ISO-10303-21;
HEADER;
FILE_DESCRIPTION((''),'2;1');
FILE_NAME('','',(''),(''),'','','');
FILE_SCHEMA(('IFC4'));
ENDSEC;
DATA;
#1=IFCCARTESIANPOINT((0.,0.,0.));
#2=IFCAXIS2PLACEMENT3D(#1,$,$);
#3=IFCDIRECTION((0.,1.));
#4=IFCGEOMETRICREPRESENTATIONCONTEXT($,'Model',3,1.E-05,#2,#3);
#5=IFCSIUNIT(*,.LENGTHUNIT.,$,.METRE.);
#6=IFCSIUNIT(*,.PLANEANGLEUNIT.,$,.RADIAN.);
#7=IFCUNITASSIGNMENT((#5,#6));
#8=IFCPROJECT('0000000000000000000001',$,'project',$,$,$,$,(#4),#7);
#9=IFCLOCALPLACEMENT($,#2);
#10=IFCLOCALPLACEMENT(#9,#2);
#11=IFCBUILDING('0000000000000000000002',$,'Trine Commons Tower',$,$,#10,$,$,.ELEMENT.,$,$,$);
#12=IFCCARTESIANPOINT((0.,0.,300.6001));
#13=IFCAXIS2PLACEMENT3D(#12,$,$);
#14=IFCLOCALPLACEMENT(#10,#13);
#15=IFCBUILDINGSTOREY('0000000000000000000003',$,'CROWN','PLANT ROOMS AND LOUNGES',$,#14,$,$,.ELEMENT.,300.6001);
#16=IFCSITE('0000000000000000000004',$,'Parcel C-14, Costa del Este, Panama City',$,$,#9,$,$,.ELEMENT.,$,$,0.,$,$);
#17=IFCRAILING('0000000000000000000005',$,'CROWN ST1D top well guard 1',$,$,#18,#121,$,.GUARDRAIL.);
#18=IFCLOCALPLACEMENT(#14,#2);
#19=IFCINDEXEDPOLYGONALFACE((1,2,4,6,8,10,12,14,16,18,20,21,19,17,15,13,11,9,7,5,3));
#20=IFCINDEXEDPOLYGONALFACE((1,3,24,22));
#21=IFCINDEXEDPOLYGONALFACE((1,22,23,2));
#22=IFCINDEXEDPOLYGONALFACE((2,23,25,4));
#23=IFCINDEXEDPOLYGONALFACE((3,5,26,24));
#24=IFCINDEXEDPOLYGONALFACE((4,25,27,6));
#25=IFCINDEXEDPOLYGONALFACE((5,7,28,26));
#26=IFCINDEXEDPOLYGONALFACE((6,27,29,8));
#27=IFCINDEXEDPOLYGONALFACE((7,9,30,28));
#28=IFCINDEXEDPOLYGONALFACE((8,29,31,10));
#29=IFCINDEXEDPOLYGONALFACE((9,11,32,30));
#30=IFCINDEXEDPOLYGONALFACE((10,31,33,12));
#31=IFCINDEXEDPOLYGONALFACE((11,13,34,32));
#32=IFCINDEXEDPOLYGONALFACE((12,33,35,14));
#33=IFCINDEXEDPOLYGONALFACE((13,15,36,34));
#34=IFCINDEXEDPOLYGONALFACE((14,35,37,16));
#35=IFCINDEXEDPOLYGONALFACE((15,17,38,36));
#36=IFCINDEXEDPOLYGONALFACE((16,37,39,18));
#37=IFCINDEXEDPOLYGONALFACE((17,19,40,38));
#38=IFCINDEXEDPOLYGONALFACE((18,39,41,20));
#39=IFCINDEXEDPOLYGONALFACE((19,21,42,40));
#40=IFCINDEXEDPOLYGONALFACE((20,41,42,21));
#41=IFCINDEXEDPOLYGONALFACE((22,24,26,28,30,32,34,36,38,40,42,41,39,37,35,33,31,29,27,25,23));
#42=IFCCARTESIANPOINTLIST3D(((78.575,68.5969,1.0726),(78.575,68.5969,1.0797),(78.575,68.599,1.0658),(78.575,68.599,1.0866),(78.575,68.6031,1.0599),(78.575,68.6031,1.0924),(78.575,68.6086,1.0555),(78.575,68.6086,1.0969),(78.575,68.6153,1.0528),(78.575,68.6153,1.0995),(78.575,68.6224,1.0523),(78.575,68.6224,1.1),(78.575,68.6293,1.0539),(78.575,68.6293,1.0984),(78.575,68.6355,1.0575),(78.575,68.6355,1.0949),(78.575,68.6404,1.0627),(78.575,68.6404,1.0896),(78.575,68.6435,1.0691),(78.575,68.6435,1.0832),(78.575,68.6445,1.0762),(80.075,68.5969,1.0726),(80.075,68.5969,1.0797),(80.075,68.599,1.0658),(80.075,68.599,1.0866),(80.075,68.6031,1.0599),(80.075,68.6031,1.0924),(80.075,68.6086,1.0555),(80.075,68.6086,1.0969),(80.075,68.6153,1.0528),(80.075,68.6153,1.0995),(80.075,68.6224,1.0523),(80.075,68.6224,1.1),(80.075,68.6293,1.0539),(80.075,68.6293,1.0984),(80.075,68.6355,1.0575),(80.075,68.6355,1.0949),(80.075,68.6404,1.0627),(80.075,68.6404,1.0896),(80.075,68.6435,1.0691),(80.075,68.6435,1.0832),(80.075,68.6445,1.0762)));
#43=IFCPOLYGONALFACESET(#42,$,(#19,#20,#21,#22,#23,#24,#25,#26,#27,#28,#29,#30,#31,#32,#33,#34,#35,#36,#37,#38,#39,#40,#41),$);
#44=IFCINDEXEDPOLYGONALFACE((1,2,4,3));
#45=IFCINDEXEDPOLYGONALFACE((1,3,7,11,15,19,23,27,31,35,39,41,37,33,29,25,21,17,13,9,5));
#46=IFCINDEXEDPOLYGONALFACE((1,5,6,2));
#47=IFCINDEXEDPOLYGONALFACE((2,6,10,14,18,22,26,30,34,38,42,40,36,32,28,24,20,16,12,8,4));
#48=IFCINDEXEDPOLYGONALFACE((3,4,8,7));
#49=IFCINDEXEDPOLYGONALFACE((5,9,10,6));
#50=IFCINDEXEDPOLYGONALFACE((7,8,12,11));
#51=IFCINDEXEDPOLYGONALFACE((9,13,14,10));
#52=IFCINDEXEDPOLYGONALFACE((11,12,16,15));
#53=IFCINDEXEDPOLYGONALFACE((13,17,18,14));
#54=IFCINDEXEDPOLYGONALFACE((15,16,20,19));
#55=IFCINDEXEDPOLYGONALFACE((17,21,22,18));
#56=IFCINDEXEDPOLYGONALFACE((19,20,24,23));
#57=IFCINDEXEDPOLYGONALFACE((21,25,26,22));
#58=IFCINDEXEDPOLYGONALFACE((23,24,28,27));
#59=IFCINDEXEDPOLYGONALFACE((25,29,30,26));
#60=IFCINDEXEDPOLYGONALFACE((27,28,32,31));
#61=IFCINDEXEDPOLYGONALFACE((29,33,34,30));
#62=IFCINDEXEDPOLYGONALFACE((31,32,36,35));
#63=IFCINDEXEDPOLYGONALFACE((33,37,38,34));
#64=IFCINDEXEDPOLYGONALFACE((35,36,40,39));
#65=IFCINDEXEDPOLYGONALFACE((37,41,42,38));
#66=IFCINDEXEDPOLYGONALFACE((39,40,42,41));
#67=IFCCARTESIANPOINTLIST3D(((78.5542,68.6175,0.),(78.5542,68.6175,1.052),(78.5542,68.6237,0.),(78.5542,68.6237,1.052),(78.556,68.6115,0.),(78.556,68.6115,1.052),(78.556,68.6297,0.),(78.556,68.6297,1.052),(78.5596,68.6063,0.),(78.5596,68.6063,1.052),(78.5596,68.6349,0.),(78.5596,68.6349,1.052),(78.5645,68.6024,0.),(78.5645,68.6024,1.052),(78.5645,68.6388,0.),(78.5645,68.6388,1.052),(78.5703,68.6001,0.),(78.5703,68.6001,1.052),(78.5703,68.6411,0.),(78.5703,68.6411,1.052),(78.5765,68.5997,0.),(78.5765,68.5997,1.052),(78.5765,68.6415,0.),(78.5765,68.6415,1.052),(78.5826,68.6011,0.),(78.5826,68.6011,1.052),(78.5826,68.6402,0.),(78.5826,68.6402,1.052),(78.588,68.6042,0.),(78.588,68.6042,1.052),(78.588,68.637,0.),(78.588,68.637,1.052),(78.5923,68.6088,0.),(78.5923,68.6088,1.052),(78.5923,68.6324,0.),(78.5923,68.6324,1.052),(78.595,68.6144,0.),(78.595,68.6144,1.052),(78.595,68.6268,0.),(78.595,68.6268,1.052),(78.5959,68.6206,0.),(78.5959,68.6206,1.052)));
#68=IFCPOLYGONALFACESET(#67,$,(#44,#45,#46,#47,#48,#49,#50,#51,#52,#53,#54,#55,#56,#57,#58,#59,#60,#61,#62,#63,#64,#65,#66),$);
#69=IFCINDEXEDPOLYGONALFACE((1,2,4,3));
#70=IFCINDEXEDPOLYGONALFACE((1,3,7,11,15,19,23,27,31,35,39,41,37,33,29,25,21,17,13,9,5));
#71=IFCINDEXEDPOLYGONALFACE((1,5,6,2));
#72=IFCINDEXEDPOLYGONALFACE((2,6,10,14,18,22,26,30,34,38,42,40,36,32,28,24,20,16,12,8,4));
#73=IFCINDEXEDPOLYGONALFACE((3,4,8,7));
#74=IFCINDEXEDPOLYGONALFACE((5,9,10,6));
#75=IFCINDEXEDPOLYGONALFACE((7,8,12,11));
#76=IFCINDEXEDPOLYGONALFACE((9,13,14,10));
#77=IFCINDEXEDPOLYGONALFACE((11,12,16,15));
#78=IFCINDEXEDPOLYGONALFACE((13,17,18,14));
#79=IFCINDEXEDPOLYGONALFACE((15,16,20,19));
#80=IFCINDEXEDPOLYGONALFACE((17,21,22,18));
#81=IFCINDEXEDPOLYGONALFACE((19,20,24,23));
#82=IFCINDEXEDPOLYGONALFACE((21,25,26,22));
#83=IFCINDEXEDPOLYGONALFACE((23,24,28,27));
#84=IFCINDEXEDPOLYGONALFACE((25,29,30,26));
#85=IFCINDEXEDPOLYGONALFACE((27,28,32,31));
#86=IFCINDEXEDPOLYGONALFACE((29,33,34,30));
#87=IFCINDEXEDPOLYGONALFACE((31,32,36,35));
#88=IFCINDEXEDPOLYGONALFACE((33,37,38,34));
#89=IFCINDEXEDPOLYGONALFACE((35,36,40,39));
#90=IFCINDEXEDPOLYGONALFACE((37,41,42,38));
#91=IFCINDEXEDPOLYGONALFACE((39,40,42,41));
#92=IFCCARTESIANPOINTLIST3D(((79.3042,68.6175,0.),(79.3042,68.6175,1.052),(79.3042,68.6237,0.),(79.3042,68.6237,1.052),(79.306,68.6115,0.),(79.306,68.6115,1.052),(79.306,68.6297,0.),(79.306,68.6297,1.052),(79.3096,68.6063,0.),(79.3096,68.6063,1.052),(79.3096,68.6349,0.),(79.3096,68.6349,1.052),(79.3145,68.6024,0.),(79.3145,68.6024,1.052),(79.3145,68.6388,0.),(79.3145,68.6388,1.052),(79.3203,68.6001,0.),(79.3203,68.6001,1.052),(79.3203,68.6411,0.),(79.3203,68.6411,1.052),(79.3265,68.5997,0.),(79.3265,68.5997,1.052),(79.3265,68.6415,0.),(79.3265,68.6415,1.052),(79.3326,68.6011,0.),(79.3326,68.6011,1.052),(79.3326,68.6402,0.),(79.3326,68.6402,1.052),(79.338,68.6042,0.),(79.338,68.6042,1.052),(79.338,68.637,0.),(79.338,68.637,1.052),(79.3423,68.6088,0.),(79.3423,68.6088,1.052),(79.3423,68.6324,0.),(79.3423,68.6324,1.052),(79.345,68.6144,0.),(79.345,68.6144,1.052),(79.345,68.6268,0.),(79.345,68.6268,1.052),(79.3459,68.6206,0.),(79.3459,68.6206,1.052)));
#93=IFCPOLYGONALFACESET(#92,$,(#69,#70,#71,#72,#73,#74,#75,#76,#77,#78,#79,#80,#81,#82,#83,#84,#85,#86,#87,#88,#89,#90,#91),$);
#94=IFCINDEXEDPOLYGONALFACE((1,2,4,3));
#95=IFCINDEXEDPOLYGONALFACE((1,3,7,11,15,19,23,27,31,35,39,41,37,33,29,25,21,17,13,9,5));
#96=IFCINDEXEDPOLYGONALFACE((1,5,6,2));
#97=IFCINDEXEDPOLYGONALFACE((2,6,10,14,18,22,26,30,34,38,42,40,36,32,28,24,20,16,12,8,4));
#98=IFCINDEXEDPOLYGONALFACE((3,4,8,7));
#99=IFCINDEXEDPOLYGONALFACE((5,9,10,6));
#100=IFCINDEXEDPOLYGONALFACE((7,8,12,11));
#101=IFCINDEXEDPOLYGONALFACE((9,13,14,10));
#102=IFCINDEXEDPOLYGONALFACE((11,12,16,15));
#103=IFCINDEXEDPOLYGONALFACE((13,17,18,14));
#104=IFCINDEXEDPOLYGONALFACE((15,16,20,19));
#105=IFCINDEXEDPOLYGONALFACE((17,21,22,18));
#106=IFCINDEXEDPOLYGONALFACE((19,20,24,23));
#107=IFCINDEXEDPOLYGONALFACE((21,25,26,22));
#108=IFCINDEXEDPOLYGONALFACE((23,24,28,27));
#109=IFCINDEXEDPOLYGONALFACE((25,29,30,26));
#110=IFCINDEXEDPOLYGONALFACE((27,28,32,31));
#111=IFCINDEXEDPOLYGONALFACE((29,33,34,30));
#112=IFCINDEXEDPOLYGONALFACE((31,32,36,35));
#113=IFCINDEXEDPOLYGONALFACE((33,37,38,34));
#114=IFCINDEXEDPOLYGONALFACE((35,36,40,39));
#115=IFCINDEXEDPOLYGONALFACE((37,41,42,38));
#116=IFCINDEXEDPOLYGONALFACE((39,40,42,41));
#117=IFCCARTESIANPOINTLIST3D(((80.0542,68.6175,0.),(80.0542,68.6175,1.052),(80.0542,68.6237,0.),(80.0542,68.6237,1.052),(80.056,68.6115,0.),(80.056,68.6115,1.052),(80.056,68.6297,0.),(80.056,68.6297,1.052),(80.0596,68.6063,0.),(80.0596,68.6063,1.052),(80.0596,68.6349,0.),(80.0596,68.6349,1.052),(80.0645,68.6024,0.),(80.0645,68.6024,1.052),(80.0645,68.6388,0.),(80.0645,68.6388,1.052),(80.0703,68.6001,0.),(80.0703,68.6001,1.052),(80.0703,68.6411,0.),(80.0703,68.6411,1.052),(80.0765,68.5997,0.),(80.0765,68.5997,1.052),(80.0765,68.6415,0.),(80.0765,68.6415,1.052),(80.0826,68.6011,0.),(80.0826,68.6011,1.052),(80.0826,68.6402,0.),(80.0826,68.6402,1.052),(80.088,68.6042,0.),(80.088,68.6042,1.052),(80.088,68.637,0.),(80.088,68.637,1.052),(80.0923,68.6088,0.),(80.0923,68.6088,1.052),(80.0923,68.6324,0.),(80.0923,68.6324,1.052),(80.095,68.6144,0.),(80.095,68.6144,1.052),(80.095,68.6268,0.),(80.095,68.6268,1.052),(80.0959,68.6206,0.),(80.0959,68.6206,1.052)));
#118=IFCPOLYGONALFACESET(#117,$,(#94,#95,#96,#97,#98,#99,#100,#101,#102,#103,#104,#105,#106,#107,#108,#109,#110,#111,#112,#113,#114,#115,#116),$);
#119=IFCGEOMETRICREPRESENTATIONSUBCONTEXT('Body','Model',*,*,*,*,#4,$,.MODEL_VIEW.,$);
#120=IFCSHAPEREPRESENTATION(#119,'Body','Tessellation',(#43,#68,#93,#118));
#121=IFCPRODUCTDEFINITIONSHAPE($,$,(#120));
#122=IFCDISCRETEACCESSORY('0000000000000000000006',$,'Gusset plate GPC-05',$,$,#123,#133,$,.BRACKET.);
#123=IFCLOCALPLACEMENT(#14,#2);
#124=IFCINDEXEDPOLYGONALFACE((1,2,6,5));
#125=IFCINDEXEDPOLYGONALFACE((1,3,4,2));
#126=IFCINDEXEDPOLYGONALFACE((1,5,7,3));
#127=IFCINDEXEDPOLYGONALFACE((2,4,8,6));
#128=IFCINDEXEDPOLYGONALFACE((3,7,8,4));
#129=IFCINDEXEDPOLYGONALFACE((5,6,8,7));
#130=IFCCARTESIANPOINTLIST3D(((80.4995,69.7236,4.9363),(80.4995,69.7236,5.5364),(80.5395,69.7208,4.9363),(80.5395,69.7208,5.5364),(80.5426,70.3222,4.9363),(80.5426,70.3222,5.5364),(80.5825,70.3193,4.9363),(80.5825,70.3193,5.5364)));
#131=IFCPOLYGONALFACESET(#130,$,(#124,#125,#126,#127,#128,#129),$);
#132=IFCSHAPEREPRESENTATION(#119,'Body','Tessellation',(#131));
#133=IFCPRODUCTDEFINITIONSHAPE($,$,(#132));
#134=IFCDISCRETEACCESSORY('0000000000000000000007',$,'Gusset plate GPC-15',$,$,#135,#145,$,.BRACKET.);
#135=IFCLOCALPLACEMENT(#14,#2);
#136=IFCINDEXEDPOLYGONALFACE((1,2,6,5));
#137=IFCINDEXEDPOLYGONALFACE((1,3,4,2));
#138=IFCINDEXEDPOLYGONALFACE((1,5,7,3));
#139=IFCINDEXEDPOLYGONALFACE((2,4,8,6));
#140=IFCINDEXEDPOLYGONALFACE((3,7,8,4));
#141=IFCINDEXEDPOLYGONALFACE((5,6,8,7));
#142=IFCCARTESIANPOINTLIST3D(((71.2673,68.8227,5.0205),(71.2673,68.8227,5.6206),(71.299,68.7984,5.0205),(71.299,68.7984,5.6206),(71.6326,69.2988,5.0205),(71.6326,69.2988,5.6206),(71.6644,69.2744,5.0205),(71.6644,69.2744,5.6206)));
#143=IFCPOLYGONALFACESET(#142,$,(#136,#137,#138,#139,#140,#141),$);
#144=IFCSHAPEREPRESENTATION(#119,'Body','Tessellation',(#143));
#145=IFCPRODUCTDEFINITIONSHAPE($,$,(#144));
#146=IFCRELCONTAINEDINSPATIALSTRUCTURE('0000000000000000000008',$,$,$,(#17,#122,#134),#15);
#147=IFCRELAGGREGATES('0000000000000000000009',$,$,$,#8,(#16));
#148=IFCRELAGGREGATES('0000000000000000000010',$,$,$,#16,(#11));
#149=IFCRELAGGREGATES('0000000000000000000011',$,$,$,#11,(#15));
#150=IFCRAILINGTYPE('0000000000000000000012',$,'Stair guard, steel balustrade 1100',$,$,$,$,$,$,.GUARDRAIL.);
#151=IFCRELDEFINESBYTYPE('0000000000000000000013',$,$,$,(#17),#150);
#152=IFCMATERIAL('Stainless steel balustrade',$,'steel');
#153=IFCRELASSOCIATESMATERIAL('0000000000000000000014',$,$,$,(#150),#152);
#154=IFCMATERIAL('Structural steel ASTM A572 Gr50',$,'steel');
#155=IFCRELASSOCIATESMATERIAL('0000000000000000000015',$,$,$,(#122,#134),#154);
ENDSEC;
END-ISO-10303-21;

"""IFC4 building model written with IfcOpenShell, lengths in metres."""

from ifc_helpers import new_model, si_unit, direction, frame, origin, origin_2d, place, context, subcontext, project, spatial, rectangle, circle, extrude, material, type_object, element, save


model = new_model("IFC4")

# Units and contexts
model_context = context("Model", 3, precision=1e-05, world=origin(), true_north=direction((0.0, 1.0)))
body_context = subcontext(model_context, "Body", "Model", "MODEL_VIEW")
ifc_project = project(units=[si_unit("LENGTHUNIT", "METRE"), si_unit("PLANEANGLEUNIT", "RADIAN")], contexts=[model_context])

# Site, building, storey
site_placement = place(None, origin())
site = spatial("IfcSite", under=ifc_project, at=site_placement, Name="Parcel C-14, Costa del Este, Panama City", CompositionType="ELEMENT", RefElevation=0.0)
building_placement = place(site_placement, origin())
building = spatial("IfcBuilding", under=site, at=building_placement, Name="Trine Commons Tower", CompositionType="ELEMENT")
storey_placement = place(building_placement, frame((0.0, 0.0, 300.6001)))
storey = spatial("IfcBuildingStorey", under=building, at=storey_placement, Name="CROWN", Description="PLANT ROOMS AND LOUNGES", CompositionType="ELEMENT", Elevation=300.6001)

# Railing
ifc_material_1 = material(Name="Stainless steel balustrade", Category="steel")
railing_type = type_object("IfcRailingType", Name="Stair guard, steel balustrade 1100", PredefinedType="GUARDRAIL", material=ifc_material_1)
railing_placement = place(storey_placement, frame((78.575, 68.6206, 0.0)))
element("IfcRailing", 1, at=railing_placement, inside=storey, type_object=railing_type, Name="CROWN ST1D top well guard 1", PredefinedType="GUARDRAIL", context=body_context, shape_type="SweptSolid", body=[
    extrude(circle(Radius=0.0239, at=origin_2d()), frame((0.0, 0.0, 1.0762), z_axis=(1.0, 0.0, 0.0), x_axis=(0.0, 1.0, 0.0)), (0.0, 0.0, 1.0), 1.5),
    extrude(circle(Radius=0.021, at=origin_2d()), origin(), (0.0, 0.0, 1.0), 1.052),
    extrude(circle(Radius=0.021, at=origin_2d()), frame((0.75, 0.0, 0.0)), (0.0, 0.0, 1.0), 1.052),
    extrude(circle(Radius=0.021, at=origin_2d()), frame((1.5, 0.0, 0.0)), (0.0, 0.0, 1.0), 1.052),
])

# Discrete accessories
ifc_material_2 = material(Name="Structural steel ASTM A572 Gr50", Category="steel")
for number, where, z_axis, x_axis, name in (
    (2, (80.541, 70.0215, 4.9363), (0.0, 0.0, 1.0), (0.071736, 0.997424, 0.0), "Gusset plate GPC-05"),
    (3, (71.4658, 69.0486, 5.0205), (0.0, 0.0, 1.0), (0.60876, 0.793354, 0.0), "Gusset plate GPC-15"),
):
    element("IfcDiscreteAccessory", number, at=place(storey_placement, frame(where, z_axis=z_axis, x_axis=x_axis)), inside=storey, material=ifc_material_2, Name=name, PredefinedType="BRACKET", context=body_context, shape_type="SweptSolid", body=[
        extrude(rectangle(XDim=0.6001, YDim=0.04, at=origin_2d()), origin(), (0.0, 0.0, 1.0), 0.6001),
    ])

save(model, "model.ifc")
